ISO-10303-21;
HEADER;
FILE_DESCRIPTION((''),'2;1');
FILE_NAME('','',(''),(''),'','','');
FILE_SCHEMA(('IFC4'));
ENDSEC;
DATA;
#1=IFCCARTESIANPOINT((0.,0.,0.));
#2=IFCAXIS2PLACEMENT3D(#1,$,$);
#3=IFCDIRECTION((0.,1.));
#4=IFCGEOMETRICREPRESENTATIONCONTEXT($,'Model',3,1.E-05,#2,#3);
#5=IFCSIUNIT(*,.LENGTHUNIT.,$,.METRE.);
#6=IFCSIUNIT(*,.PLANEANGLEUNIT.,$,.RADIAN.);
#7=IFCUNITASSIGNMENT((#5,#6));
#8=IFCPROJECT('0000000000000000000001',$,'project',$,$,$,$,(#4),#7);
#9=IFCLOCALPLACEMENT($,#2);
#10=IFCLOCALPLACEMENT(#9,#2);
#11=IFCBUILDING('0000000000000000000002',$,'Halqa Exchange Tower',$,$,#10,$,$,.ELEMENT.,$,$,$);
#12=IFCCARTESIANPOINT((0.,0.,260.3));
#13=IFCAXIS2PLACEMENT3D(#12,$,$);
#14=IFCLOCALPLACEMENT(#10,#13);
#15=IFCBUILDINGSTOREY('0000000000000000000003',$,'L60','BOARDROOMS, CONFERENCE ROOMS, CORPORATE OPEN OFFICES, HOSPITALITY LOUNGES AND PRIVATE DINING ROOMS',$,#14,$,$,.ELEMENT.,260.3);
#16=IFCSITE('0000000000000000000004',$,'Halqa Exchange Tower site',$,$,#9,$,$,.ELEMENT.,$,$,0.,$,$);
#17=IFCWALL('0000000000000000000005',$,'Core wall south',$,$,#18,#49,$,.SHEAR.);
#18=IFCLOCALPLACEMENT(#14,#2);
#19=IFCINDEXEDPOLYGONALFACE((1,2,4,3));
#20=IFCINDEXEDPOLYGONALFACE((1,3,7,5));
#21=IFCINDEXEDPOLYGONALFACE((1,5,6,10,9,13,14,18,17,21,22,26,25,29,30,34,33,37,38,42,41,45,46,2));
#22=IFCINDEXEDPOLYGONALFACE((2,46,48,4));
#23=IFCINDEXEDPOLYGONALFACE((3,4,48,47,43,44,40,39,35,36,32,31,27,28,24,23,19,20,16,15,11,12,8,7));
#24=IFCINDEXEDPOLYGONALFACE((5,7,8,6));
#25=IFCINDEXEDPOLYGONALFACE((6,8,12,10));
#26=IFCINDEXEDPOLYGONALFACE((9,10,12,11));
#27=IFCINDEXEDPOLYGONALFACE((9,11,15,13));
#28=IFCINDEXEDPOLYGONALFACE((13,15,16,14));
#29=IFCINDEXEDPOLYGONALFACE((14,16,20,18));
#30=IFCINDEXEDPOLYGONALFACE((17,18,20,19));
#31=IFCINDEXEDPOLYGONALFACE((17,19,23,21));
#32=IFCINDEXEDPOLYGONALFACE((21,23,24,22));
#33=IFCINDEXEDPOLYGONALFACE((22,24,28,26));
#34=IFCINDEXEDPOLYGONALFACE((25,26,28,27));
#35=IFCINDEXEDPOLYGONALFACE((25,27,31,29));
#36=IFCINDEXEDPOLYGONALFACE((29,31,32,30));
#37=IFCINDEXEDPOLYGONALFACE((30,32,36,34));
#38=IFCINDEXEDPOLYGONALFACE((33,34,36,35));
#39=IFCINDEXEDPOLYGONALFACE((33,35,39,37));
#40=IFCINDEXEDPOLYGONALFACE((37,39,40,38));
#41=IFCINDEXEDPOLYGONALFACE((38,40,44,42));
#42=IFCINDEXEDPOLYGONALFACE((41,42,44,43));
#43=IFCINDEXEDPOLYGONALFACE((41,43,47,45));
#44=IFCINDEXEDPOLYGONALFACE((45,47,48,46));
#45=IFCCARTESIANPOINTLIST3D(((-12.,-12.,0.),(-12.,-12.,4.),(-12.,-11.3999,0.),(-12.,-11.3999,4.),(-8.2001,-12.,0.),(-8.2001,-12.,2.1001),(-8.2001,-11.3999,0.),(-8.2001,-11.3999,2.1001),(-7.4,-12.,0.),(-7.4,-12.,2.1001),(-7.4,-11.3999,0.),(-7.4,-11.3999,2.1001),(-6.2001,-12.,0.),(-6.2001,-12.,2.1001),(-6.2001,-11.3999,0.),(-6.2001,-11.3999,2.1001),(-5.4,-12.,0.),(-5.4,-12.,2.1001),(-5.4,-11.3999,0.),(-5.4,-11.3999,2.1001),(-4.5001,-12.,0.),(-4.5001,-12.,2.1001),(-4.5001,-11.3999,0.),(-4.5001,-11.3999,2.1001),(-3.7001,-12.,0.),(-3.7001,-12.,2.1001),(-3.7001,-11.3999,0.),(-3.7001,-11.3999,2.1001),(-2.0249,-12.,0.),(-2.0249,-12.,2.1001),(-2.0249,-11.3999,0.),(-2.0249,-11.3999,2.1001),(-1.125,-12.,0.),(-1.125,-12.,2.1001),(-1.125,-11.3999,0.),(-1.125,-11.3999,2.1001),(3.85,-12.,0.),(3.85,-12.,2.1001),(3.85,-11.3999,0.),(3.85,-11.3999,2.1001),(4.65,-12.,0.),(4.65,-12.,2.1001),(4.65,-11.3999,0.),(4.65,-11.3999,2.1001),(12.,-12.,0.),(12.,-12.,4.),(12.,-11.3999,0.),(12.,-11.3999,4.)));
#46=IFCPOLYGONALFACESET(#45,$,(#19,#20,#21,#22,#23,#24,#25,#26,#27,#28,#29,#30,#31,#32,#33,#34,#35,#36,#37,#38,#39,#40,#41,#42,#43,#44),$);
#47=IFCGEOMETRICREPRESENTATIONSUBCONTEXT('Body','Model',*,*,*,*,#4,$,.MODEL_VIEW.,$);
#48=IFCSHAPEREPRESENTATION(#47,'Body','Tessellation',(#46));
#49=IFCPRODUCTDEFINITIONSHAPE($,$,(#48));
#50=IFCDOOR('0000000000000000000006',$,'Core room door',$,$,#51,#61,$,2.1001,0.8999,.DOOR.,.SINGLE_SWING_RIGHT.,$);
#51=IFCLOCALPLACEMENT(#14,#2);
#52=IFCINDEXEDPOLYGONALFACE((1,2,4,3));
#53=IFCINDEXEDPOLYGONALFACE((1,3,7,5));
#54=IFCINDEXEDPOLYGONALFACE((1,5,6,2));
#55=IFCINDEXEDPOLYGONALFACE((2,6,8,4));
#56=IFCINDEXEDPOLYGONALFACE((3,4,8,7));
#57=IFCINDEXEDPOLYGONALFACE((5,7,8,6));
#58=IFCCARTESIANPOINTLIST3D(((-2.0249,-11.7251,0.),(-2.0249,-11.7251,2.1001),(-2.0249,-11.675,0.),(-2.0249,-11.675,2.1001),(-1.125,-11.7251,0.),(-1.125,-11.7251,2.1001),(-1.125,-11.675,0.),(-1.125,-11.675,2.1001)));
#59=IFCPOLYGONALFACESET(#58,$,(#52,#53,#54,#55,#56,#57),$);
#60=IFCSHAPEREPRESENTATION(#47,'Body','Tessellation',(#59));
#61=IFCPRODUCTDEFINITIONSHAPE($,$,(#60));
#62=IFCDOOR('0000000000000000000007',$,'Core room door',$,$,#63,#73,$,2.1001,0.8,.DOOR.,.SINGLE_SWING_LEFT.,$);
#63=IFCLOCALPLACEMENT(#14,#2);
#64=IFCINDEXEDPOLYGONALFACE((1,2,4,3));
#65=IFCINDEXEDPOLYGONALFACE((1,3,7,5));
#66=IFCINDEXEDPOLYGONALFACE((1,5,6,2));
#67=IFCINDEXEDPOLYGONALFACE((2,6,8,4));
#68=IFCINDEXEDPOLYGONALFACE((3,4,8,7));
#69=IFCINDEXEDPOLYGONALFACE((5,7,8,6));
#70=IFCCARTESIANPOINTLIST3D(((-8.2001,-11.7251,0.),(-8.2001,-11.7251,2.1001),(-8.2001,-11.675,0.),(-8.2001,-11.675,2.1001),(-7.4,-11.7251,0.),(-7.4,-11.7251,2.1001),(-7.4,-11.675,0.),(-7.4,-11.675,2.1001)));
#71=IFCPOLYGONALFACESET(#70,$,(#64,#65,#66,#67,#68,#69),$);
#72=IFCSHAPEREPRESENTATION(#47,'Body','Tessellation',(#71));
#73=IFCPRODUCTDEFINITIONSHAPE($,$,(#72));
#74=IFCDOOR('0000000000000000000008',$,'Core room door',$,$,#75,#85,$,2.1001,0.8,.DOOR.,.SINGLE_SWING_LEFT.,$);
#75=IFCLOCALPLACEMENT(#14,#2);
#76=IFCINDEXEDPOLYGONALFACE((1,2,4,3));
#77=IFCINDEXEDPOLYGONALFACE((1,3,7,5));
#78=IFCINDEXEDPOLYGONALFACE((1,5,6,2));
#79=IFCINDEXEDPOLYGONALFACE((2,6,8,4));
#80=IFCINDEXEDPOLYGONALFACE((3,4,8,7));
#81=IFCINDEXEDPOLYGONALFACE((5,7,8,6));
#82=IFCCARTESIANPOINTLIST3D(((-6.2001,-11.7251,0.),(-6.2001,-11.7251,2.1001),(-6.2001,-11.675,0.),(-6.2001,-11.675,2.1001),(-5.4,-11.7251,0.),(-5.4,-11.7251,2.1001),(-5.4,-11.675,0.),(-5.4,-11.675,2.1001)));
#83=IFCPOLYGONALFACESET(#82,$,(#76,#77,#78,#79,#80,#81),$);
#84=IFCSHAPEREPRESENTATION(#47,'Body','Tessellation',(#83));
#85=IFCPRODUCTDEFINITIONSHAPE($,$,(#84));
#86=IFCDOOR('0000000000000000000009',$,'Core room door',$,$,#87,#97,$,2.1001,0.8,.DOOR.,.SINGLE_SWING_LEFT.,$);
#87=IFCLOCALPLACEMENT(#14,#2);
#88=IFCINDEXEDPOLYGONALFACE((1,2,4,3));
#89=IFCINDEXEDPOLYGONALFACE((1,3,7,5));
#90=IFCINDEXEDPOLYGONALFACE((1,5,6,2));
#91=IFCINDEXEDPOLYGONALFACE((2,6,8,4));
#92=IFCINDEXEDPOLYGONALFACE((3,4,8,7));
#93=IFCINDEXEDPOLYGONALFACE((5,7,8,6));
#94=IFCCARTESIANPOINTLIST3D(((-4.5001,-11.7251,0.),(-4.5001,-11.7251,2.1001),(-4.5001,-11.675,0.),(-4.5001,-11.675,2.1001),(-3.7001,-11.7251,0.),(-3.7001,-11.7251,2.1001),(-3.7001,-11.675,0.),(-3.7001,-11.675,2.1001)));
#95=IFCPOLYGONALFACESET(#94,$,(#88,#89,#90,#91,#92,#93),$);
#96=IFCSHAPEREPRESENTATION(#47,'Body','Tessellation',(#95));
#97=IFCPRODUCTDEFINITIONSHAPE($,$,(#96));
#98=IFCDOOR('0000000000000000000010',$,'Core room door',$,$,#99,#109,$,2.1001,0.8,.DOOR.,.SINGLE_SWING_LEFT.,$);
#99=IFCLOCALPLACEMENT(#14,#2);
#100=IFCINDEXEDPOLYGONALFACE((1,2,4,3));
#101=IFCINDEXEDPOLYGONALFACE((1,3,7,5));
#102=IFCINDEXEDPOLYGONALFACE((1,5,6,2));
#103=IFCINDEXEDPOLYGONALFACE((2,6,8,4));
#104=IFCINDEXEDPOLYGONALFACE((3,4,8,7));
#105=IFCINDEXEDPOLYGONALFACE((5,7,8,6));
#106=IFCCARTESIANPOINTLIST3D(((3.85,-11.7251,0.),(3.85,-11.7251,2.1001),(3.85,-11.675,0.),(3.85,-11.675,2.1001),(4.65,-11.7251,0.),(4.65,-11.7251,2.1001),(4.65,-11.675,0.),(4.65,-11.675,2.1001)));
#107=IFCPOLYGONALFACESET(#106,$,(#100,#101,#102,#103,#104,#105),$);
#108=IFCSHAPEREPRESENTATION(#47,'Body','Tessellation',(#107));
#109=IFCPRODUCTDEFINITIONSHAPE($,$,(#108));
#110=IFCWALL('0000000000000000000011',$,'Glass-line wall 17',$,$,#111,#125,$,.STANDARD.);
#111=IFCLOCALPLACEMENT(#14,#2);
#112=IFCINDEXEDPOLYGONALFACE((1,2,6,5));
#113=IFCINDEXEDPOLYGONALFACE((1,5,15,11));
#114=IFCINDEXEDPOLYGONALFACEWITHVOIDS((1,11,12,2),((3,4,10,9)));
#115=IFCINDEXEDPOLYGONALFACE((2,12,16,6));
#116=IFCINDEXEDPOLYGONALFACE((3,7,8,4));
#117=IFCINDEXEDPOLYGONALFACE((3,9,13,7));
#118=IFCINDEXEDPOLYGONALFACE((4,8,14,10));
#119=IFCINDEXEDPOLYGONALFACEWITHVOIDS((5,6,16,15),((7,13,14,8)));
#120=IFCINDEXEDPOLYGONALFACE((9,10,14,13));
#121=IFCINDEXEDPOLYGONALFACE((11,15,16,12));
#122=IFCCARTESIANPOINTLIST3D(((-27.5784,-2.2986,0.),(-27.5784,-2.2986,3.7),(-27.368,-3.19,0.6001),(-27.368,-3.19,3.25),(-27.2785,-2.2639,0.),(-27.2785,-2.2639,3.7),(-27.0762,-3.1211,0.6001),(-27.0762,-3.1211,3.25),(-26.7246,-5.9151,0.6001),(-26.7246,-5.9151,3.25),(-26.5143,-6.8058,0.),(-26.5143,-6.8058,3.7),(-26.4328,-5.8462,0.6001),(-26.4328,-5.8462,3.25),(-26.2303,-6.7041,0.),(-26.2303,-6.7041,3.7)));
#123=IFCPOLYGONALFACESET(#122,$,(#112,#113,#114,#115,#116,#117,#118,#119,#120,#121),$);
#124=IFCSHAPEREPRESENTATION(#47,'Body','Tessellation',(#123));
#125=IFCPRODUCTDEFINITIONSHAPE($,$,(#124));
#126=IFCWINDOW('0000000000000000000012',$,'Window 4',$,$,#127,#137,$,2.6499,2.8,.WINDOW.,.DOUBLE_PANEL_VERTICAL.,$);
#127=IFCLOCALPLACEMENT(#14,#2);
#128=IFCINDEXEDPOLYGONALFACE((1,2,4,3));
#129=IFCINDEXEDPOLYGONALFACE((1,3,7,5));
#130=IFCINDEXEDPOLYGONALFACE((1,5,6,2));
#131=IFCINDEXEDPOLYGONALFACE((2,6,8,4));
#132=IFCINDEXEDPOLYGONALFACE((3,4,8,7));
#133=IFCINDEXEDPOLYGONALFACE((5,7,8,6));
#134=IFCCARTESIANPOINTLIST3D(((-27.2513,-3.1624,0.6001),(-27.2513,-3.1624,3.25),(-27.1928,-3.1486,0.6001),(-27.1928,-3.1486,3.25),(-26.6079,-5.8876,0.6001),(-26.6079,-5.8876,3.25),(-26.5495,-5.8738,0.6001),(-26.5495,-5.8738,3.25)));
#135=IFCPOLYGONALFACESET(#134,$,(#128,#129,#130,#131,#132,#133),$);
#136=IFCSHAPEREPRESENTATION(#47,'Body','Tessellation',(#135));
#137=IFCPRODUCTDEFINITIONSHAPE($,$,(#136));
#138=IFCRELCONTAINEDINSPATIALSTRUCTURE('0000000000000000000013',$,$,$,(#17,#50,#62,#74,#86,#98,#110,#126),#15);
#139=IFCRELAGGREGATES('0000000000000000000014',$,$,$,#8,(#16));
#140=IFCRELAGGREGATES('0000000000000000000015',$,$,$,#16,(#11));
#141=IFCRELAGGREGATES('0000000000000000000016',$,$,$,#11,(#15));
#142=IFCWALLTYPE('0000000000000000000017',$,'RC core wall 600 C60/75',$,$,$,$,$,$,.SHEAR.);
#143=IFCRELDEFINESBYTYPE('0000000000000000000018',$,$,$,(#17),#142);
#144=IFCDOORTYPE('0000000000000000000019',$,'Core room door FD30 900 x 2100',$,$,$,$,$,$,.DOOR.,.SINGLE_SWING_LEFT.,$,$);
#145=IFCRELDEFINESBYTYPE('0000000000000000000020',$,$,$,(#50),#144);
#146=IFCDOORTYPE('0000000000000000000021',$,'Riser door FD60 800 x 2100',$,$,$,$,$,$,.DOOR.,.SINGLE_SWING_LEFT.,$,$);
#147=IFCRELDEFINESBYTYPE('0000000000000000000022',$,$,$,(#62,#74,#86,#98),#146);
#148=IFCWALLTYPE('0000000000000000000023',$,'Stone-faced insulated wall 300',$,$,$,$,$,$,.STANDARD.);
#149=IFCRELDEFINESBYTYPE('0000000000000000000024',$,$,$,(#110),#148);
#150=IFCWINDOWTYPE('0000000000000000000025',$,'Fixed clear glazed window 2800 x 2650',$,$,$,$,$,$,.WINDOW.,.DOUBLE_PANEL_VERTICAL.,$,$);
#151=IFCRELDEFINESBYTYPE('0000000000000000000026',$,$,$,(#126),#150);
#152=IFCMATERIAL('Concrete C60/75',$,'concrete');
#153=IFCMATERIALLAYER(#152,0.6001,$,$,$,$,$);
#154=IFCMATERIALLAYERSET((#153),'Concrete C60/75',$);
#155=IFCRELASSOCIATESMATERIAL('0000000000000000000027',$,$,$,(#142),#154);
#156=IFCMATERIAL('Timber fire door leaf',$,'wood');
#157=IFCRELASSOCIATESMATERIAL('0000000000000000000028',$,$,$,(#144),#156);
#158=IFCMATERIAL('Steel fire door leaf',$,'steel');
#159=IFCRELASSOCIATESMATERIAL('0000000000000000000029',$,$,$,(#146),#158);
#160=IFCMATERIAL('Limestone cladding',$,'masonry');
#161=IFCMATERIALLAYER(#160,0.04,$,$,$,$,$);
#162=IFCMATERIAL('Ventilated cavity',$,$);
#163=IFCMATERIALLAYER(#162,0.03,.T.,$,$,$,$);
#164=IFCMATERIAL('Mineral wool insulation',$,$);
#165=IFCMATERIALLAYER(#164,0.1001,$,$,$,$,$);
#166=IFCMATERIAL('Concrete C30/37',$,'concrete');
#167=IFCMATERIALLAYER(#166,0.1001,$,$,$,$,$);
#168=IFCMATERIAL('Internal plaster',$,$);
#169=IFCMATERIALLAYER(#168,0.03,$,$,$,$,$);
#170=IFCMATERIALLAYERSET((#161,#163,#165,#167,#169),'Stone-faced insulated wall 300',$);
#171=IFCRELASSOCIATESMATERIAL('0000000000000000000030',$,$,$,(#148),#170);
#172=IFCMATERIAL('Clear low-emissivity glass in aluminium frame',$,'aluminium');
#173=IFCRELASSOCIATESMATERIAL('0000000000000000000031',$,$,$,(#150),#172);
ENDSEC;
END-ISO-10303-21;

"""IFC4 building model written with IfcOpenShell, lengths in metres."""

from ifc_helpers import new_model, si_unit, direction, frame, frame_2d, origin, place, context, subcontext, project, spatial, polyline, rectangle, outline, extrude, material, layer, layer_set, type_object, element, fill, save


model = new_model("IFC4")

# Units and contexts
model_context = context("Model", 3, precision=1e-05, world=origin(), true_north=direction((0.0, 1.0)))
body_context = subcontext(model_context, "Body", "Model", "MODEL_VIEW")
ifc_project = project(units=[si_unit("LENGTHUNIT", "METRE"), si_unit("PLANEANGLEUNIT", "RADIAN")], contexts=[model_context])

# Site, building, storey
site_placement = place(None, origin())
site = spatial("IfcSite", under=ifc_project, at=site_placement, Name="Halqa Exchange Tower site", CompositionType="ELEMENT", RefElevation=0.0)
building_placement = place(site_placement, origin())
building = spatial("IfcBuilding", under=site, at=building_placement, Name="Halqa Exchange Tower", CompositionType="ELEMENT")
storey_placement = place(building_placement, frame((0.0, 0.0, 260.3)))
storey = spatial("IfcBuildingStorey", under=building, at=storey_placement, Name="L60", Description="BOARDROOMS, CONFERENCE ROOMS, CORPORATE OPEN OFFICES, HOSPITALITY LOUNGES AND PRIVATE DINING ROOMS", CompositionType="ELEMENT", Elevation=260.3)

# Shared definitions
ifc_material_1 = material(Name="Concrete C60/75", Category="concrete")

# Shared definitions
ifc_material_2 = material(Name="Steel fire door leaf", Category="steel")

# Wall, openings, doors
ifc_layer_1 = layer(ifc_material_1, 0.6001)
ifc_layer_set_1 = layer_set([ifc_layer_1], Name="Concrete C60/75")
wall_type_1 = type_object("IfcWallType", Name="RC core wall 600 C60/75", PredefinedType="SHEAR", material=ifc_layer_set_1)
wall_1_placement = place(storey_placement, frame((-12.0, -11.7, 0.0), z_axis=(0.0, 0.0, 1.0), x_axis=(1.0, 0.0, 0.0)))
wall_1 = element("IfcWall", 1, at=wall_1_placement, inside=storey, type_object=wall_type_1, Name="Core wall south", PredefinedType="SHEAR", context=body_context, shape_type="SweptSolid", body=[
    extrude(rectangle(XDim=24.0, YDim=0.6001, at=frame_2d((12.0, 0.0))), origin(), (0.0, 0.0, 1.0), 4.0),
])
opening_1_placement = place(wall_1_placement, frame((9.9751, 0.0, 0.0)))
opening_1 = element("IfcOpeningElement", 2, at=opening_1_placement, cuts=wall_1, PredefinedType="OPENING", context=body_context, shape_type="SweptSolid", body=[
    extrude(rectangle(XDim=0.8999, YDim=2.1001, at=frame_2d((0.45, 1.05))), frame((0.0, 0.312, 0.0), z_axis=(0.0, -1.0, 0.0), x_axis=(1.0, 0.0, 0.0)), (0.0, 0.0, 1.0), 0.624),
])
opening_2_placement = place(wall_1_placement, frame((3.8, 0.0, 0.0)))
opening_2 = element("IfcOpeningElement", 3, at=opening_2_placement, cuts=wall_1, PredefinedType="OPENING", context=body_context, shape_type="SweptSolid", body=[
    extrude(rectangle(XDim=0.8, YDim=2.1001, at=frame_2d((0.3999, 1.05))), frame((0.0, 0.312, 0.0), z_axis=(0.0, -1.0, 0.0), x_axis=(1.0, 0.0, 0.0)), (0.0, 0.0, 1.0), 0.624),
])
opening_3_placement = place(wall_1_placement, frame((5.8, 0.0, 0.0)))
opening_3 = element("IfcOpeningElement", 4, at=opening_3_placement, cuts=wall_1, PredefinedType="OPENING", context=body_context, shape_type="SweptSolid", body=[
    extrude(rectangle(XDim=0.8, YDim=2.1001, at=frame_2d((0.3999, 1.05))), frame((0.0, 0.312, 0.0), z_axis=(0.0, -1.0, 0.0), x_axis=(1.0, 0.0, 0.0)), (0.0, 0.0, 1.0), 0.624),
])
opening_4_placement = place(wall_1_placement, frame((7.5, 0.0, 0.0)))
opening_4 = element("IfcOpeningElement", 5, at=opening_4_placement, cuts=wall_1, PredefinedType="OPENING", context=body_context, shape_type="SweptSolid", body=[
    extrude(rectangle(XDim=0.8, YDim=2.1001, at=frame_2d((0.3999, 1.05))), frame((0.0, 0.312, 0.0), z_axis=(0.0, -1.0, 0.0), x_axis=(1.0, 0.0, 0.0)), (0.0, 0.0, 1.0), 0.624),
])
opening_5_placement = place(wall_1_placement, frame((15.8501, 0.0, 0.0)))
opening_5 = element("IfcOpeningElement", 6, at=opening_5_placement, cuts=wall_1, PredefinedType="OPENING", context=body_context, shape_type="SweptSolid", body=[
    extrude(rectangle(XDim=0.8, YDim=2.1001, at=frame_2d((0.3999, 1.05))), frame((0.0, 0.312, 0.0), z_axis=(0.0, -1.0, 0.0), x_axis=(1.0, 0.0, 0.0)), (0.0, 0.0, 1.0), 0.624),
])
ifc_material_3 = material(Name="Timber fire door leaf", Category="wood")
door_type_1 = type_object("IfcDoorType", Name="Core room door FD30 900 x 2100", OperationType="SINGLE_SWING_LEFT", PredefinedType="DOOR", material=ifc_material_3)
door_1_placement = place(opening_1_placement, origin())
door_1 = element("IfcDoor", 7, at=door_1_placement, inside=storey, type_object=door_type_1, Name="Core room door", OperationType="SINGLE_SWING_RIGHT", OverallHeight=2.1001, OverallWidth=0.8999, PredefinedType="DOOR", context=body_context, shape_type="SweptSolid", body=[
    extrude(rectangle(XDim=0.8999, YDim=2.1001, at=frame_2d((0.45, 1.05))), frame((0.0, 0.0249, 0.0), z_axis=(0.0, -1.0, 0.0), x_axis=(1.0, 0.0, 0.0)), (0.0, 0.0, 1.0), 0.05),
])
fill(opening_1, door_1)
door_type_2 = type_object("IfcDoorType", Name="Riser door FD60 800 x 2100", OperationType="SINGLE_SWING_LEFT", PredefinedType="DOOR", material=ifc_material_2)
door_2_placement = place(opening_2_placement, origin())
door_2 = element("IfcDoor", 8, at=door_2_placement, inside=storey, type_object=door_type_2, Name="Core room door", OperationType="SINGLE_SWING_LEFT", OverallHeight=2.1001, OverallWidth=0.8, PredefinedType="DOOR", context=body_context, shape_type="SweptSolid", body=[
    extrude(rectangle(XDim=0.8, YDim=2.1001, at=frame_2d((0.3999, 1.05))), frame((0.0, 0.0249, 0.0), z_axis=(0.0, -1.0, 0.0), x_axis=(1.0, 0.0, 0.0)), (0.0, 0.0, 1.0), 0.05),
])
fill(opening_2, door_2)
door_3_placement = place(opening_3_placement, origin())
door_3 = element("IfcDoor", 9, at=door_3_placement, inside=storey, type_object=door_type_2, Name="Core room door", OperationType="SINGLE_SWING_LEFT", OverallHeight=2.1001, OverallWidth=0.8, PredefinedType="DOOR", context=body_context, shape_type="SweptSolid", body=[
    extrude(rectangle(XDim=0.8, YDim=2.1001, at=frame_2d((0.3999, 1.05))), frame((0.0, 0.0249, 0.0), z_axis=(0.0, -1.0, 0.0), x_axis=(1.0, 0.0, 0.0)), (0.0, 0.0, 1.0), 0.05),
])
fill(opening_3, door_3)
door_4_placement = place(opening_4_placement, origin())
door_4 = element("IfcDoor", 10, at=door_4_placement, inside=storey, type_object=door_type_2, Name="Core room door", OperationType="SINGLE_SWING_LEFT", OverallHeight=2.1001, OverallWidth=0.8, PredefinedType="DOOR", context=body_context, shape_type="SweptSolid", body=[
    extrude(rectangle(XDim=0.8, YDim=2.1001, at=frame_2d((0.3999, 1.05))), frame((0.0, 0.0249, 0.0), z_axis=(0.0, -1.0, 0.0), x_axis=(1.0, 0.0, 0.0)), (0.0, 0.0, 1.0), 0.05),
])
fill(opening_4, door_4)
door_5_placement = place(opening_5_placement, origin())
door_5 = element("IfcDoor", 11, at=door_5_placement, inside=storey, type_object=door_type_2, Name="Core room door", OperationType="SINGLE_SWING_LEFT", OverallHeight=2.1001, OverallWidth=0.8, PredefinedType="DOOR", context=body_context, shape_type="SweptSolid", body=[
    extrude(rectangle(XDim=0.8, YDim=2.1001, at=frame_2d((0.3999, 1.05))), frame((0.0, 0.0249, 0.0), z_axis=(0.0, -1.0, 0.0), x_axis=(1.0, 0.0, 0.0)), (0.0, 0.0, 1.0), 0.05),
])
fill(opening_5, door_5)

# Wall, opening, window
ifc_material_4 = material(Name="Limestone cladding", Category="masonry")
ifc_layer_2 = layer(ifc_material_4, 0.04)
ifc_material_5 = material(Name="Ventilated cavity")
ifc_layer_3 = layer(ifc_material_5, 0.03, ventilated=True)
ifc_material_6 = material(Name="Mineral wool insulation")
ifc_layer_4 = layer(ifc_material_6, 0.1001)
ifc_material_7 = material(Name="Concrete C30/37", Category="concrete")
ifc_layer_5 = layer(ifc_material_7, 0.1001)
ifc_material_8 = material(Name="Internal plaster")
ifc_layer_6 = layer(ifc_material_8, 0.03)
ifc_layer_set_2 = layer_set([ifc_layer_2, ifc_layer_3, ifc_layer_4, ifc_layer_5, ifc_layer_6], Name="Stone-faced insulated wall 300")
wall_type_2 = type_object("IfcWallType", Name="Stone-faced insulated wall 300", PredefinedType="STANDARD", material=ifc_layer_set_2)
wall_2_placement = place(storey_placement, frame((-27.4285, -2.2812, 0.0), z_axis=(0.0, 0.0, 1.0), x_axis=(0.229768, -0.973246, 0.0)))
wall_2 = element("IfcWall", 12, at=wall_2_placement, inside=storey, type_object=wall_type_2, Name="Glass-line wall 17", PredefinedType="STANDARD", context=body_context, shape_type="SweptSolid", body=[
    extrude(outline(polyline([(-0.0176, -0.1499), (4.6135, -0.1499), (4.5798, 0.1499), (0.0176, 0.1499), (-0.0176, -0.1499)])), origin(), (0.0, 0.0, 1.0), 3.7),
])
opening_6_placement = place(wall_2_placement, frame((0.8984, 0.0, 0.6001)))
opening_6 = element("IfcOpeningElement", 13, at=opening_6_placement, cuts=wall_2, PredefinedType="OPENING", context=body_context, shape_type="SweptSolid", body=[
    extrude(rectangle(XDim=2.8, YDim=2.6499, at=frame_2d((1.3999, 1.325))), frame((0.0, 0.1621, 0.0), z_axis=(0.0, -1.0, 0.0), x_axis=(1.0, 0.0, 0.0)), (0.0, 0.0, 1.0), 0.324),
])
ifc_material_9 = material(Name="Clear low-emissivity glass in aluminium frame", Category="aluminium")
window_type = type_object("IfcWindowType", Name="Fixed clear glazed window 2800 x 2650", PartitioningType="DOUBLE_PANEL_VERTICAL", PredefinedType="WINDOW", material=ifc_material_9)
window_1_placement = place(opening_6_placement, origin())
window_1 = element("IfcWindow", 14, at=window_1_placement, inside=storey, type_object=window_type, Name="Window 4", OverallHeight=2.6499, OverallWidth=2.8, PartitioningType="DOUBLE_PANEL_VERTICAL", PredefinedType="WINDOW", context=body_context, shape_type="SweptSolid", body=[
    extrude(rectangle(XDim=2.8, YDim=2.6499, at=frame_2d((1.3999, 1.325))), frame((0.0, 0.03, 0.0), z_axis=(0.0, -1.0, 0.0), x_axis=(1.0, 0.0, 0.0)), (0.0, 0.0, 1.0), 0.0601),
])
fill(opening_6, window_1)

save(model, "model.ifc")
